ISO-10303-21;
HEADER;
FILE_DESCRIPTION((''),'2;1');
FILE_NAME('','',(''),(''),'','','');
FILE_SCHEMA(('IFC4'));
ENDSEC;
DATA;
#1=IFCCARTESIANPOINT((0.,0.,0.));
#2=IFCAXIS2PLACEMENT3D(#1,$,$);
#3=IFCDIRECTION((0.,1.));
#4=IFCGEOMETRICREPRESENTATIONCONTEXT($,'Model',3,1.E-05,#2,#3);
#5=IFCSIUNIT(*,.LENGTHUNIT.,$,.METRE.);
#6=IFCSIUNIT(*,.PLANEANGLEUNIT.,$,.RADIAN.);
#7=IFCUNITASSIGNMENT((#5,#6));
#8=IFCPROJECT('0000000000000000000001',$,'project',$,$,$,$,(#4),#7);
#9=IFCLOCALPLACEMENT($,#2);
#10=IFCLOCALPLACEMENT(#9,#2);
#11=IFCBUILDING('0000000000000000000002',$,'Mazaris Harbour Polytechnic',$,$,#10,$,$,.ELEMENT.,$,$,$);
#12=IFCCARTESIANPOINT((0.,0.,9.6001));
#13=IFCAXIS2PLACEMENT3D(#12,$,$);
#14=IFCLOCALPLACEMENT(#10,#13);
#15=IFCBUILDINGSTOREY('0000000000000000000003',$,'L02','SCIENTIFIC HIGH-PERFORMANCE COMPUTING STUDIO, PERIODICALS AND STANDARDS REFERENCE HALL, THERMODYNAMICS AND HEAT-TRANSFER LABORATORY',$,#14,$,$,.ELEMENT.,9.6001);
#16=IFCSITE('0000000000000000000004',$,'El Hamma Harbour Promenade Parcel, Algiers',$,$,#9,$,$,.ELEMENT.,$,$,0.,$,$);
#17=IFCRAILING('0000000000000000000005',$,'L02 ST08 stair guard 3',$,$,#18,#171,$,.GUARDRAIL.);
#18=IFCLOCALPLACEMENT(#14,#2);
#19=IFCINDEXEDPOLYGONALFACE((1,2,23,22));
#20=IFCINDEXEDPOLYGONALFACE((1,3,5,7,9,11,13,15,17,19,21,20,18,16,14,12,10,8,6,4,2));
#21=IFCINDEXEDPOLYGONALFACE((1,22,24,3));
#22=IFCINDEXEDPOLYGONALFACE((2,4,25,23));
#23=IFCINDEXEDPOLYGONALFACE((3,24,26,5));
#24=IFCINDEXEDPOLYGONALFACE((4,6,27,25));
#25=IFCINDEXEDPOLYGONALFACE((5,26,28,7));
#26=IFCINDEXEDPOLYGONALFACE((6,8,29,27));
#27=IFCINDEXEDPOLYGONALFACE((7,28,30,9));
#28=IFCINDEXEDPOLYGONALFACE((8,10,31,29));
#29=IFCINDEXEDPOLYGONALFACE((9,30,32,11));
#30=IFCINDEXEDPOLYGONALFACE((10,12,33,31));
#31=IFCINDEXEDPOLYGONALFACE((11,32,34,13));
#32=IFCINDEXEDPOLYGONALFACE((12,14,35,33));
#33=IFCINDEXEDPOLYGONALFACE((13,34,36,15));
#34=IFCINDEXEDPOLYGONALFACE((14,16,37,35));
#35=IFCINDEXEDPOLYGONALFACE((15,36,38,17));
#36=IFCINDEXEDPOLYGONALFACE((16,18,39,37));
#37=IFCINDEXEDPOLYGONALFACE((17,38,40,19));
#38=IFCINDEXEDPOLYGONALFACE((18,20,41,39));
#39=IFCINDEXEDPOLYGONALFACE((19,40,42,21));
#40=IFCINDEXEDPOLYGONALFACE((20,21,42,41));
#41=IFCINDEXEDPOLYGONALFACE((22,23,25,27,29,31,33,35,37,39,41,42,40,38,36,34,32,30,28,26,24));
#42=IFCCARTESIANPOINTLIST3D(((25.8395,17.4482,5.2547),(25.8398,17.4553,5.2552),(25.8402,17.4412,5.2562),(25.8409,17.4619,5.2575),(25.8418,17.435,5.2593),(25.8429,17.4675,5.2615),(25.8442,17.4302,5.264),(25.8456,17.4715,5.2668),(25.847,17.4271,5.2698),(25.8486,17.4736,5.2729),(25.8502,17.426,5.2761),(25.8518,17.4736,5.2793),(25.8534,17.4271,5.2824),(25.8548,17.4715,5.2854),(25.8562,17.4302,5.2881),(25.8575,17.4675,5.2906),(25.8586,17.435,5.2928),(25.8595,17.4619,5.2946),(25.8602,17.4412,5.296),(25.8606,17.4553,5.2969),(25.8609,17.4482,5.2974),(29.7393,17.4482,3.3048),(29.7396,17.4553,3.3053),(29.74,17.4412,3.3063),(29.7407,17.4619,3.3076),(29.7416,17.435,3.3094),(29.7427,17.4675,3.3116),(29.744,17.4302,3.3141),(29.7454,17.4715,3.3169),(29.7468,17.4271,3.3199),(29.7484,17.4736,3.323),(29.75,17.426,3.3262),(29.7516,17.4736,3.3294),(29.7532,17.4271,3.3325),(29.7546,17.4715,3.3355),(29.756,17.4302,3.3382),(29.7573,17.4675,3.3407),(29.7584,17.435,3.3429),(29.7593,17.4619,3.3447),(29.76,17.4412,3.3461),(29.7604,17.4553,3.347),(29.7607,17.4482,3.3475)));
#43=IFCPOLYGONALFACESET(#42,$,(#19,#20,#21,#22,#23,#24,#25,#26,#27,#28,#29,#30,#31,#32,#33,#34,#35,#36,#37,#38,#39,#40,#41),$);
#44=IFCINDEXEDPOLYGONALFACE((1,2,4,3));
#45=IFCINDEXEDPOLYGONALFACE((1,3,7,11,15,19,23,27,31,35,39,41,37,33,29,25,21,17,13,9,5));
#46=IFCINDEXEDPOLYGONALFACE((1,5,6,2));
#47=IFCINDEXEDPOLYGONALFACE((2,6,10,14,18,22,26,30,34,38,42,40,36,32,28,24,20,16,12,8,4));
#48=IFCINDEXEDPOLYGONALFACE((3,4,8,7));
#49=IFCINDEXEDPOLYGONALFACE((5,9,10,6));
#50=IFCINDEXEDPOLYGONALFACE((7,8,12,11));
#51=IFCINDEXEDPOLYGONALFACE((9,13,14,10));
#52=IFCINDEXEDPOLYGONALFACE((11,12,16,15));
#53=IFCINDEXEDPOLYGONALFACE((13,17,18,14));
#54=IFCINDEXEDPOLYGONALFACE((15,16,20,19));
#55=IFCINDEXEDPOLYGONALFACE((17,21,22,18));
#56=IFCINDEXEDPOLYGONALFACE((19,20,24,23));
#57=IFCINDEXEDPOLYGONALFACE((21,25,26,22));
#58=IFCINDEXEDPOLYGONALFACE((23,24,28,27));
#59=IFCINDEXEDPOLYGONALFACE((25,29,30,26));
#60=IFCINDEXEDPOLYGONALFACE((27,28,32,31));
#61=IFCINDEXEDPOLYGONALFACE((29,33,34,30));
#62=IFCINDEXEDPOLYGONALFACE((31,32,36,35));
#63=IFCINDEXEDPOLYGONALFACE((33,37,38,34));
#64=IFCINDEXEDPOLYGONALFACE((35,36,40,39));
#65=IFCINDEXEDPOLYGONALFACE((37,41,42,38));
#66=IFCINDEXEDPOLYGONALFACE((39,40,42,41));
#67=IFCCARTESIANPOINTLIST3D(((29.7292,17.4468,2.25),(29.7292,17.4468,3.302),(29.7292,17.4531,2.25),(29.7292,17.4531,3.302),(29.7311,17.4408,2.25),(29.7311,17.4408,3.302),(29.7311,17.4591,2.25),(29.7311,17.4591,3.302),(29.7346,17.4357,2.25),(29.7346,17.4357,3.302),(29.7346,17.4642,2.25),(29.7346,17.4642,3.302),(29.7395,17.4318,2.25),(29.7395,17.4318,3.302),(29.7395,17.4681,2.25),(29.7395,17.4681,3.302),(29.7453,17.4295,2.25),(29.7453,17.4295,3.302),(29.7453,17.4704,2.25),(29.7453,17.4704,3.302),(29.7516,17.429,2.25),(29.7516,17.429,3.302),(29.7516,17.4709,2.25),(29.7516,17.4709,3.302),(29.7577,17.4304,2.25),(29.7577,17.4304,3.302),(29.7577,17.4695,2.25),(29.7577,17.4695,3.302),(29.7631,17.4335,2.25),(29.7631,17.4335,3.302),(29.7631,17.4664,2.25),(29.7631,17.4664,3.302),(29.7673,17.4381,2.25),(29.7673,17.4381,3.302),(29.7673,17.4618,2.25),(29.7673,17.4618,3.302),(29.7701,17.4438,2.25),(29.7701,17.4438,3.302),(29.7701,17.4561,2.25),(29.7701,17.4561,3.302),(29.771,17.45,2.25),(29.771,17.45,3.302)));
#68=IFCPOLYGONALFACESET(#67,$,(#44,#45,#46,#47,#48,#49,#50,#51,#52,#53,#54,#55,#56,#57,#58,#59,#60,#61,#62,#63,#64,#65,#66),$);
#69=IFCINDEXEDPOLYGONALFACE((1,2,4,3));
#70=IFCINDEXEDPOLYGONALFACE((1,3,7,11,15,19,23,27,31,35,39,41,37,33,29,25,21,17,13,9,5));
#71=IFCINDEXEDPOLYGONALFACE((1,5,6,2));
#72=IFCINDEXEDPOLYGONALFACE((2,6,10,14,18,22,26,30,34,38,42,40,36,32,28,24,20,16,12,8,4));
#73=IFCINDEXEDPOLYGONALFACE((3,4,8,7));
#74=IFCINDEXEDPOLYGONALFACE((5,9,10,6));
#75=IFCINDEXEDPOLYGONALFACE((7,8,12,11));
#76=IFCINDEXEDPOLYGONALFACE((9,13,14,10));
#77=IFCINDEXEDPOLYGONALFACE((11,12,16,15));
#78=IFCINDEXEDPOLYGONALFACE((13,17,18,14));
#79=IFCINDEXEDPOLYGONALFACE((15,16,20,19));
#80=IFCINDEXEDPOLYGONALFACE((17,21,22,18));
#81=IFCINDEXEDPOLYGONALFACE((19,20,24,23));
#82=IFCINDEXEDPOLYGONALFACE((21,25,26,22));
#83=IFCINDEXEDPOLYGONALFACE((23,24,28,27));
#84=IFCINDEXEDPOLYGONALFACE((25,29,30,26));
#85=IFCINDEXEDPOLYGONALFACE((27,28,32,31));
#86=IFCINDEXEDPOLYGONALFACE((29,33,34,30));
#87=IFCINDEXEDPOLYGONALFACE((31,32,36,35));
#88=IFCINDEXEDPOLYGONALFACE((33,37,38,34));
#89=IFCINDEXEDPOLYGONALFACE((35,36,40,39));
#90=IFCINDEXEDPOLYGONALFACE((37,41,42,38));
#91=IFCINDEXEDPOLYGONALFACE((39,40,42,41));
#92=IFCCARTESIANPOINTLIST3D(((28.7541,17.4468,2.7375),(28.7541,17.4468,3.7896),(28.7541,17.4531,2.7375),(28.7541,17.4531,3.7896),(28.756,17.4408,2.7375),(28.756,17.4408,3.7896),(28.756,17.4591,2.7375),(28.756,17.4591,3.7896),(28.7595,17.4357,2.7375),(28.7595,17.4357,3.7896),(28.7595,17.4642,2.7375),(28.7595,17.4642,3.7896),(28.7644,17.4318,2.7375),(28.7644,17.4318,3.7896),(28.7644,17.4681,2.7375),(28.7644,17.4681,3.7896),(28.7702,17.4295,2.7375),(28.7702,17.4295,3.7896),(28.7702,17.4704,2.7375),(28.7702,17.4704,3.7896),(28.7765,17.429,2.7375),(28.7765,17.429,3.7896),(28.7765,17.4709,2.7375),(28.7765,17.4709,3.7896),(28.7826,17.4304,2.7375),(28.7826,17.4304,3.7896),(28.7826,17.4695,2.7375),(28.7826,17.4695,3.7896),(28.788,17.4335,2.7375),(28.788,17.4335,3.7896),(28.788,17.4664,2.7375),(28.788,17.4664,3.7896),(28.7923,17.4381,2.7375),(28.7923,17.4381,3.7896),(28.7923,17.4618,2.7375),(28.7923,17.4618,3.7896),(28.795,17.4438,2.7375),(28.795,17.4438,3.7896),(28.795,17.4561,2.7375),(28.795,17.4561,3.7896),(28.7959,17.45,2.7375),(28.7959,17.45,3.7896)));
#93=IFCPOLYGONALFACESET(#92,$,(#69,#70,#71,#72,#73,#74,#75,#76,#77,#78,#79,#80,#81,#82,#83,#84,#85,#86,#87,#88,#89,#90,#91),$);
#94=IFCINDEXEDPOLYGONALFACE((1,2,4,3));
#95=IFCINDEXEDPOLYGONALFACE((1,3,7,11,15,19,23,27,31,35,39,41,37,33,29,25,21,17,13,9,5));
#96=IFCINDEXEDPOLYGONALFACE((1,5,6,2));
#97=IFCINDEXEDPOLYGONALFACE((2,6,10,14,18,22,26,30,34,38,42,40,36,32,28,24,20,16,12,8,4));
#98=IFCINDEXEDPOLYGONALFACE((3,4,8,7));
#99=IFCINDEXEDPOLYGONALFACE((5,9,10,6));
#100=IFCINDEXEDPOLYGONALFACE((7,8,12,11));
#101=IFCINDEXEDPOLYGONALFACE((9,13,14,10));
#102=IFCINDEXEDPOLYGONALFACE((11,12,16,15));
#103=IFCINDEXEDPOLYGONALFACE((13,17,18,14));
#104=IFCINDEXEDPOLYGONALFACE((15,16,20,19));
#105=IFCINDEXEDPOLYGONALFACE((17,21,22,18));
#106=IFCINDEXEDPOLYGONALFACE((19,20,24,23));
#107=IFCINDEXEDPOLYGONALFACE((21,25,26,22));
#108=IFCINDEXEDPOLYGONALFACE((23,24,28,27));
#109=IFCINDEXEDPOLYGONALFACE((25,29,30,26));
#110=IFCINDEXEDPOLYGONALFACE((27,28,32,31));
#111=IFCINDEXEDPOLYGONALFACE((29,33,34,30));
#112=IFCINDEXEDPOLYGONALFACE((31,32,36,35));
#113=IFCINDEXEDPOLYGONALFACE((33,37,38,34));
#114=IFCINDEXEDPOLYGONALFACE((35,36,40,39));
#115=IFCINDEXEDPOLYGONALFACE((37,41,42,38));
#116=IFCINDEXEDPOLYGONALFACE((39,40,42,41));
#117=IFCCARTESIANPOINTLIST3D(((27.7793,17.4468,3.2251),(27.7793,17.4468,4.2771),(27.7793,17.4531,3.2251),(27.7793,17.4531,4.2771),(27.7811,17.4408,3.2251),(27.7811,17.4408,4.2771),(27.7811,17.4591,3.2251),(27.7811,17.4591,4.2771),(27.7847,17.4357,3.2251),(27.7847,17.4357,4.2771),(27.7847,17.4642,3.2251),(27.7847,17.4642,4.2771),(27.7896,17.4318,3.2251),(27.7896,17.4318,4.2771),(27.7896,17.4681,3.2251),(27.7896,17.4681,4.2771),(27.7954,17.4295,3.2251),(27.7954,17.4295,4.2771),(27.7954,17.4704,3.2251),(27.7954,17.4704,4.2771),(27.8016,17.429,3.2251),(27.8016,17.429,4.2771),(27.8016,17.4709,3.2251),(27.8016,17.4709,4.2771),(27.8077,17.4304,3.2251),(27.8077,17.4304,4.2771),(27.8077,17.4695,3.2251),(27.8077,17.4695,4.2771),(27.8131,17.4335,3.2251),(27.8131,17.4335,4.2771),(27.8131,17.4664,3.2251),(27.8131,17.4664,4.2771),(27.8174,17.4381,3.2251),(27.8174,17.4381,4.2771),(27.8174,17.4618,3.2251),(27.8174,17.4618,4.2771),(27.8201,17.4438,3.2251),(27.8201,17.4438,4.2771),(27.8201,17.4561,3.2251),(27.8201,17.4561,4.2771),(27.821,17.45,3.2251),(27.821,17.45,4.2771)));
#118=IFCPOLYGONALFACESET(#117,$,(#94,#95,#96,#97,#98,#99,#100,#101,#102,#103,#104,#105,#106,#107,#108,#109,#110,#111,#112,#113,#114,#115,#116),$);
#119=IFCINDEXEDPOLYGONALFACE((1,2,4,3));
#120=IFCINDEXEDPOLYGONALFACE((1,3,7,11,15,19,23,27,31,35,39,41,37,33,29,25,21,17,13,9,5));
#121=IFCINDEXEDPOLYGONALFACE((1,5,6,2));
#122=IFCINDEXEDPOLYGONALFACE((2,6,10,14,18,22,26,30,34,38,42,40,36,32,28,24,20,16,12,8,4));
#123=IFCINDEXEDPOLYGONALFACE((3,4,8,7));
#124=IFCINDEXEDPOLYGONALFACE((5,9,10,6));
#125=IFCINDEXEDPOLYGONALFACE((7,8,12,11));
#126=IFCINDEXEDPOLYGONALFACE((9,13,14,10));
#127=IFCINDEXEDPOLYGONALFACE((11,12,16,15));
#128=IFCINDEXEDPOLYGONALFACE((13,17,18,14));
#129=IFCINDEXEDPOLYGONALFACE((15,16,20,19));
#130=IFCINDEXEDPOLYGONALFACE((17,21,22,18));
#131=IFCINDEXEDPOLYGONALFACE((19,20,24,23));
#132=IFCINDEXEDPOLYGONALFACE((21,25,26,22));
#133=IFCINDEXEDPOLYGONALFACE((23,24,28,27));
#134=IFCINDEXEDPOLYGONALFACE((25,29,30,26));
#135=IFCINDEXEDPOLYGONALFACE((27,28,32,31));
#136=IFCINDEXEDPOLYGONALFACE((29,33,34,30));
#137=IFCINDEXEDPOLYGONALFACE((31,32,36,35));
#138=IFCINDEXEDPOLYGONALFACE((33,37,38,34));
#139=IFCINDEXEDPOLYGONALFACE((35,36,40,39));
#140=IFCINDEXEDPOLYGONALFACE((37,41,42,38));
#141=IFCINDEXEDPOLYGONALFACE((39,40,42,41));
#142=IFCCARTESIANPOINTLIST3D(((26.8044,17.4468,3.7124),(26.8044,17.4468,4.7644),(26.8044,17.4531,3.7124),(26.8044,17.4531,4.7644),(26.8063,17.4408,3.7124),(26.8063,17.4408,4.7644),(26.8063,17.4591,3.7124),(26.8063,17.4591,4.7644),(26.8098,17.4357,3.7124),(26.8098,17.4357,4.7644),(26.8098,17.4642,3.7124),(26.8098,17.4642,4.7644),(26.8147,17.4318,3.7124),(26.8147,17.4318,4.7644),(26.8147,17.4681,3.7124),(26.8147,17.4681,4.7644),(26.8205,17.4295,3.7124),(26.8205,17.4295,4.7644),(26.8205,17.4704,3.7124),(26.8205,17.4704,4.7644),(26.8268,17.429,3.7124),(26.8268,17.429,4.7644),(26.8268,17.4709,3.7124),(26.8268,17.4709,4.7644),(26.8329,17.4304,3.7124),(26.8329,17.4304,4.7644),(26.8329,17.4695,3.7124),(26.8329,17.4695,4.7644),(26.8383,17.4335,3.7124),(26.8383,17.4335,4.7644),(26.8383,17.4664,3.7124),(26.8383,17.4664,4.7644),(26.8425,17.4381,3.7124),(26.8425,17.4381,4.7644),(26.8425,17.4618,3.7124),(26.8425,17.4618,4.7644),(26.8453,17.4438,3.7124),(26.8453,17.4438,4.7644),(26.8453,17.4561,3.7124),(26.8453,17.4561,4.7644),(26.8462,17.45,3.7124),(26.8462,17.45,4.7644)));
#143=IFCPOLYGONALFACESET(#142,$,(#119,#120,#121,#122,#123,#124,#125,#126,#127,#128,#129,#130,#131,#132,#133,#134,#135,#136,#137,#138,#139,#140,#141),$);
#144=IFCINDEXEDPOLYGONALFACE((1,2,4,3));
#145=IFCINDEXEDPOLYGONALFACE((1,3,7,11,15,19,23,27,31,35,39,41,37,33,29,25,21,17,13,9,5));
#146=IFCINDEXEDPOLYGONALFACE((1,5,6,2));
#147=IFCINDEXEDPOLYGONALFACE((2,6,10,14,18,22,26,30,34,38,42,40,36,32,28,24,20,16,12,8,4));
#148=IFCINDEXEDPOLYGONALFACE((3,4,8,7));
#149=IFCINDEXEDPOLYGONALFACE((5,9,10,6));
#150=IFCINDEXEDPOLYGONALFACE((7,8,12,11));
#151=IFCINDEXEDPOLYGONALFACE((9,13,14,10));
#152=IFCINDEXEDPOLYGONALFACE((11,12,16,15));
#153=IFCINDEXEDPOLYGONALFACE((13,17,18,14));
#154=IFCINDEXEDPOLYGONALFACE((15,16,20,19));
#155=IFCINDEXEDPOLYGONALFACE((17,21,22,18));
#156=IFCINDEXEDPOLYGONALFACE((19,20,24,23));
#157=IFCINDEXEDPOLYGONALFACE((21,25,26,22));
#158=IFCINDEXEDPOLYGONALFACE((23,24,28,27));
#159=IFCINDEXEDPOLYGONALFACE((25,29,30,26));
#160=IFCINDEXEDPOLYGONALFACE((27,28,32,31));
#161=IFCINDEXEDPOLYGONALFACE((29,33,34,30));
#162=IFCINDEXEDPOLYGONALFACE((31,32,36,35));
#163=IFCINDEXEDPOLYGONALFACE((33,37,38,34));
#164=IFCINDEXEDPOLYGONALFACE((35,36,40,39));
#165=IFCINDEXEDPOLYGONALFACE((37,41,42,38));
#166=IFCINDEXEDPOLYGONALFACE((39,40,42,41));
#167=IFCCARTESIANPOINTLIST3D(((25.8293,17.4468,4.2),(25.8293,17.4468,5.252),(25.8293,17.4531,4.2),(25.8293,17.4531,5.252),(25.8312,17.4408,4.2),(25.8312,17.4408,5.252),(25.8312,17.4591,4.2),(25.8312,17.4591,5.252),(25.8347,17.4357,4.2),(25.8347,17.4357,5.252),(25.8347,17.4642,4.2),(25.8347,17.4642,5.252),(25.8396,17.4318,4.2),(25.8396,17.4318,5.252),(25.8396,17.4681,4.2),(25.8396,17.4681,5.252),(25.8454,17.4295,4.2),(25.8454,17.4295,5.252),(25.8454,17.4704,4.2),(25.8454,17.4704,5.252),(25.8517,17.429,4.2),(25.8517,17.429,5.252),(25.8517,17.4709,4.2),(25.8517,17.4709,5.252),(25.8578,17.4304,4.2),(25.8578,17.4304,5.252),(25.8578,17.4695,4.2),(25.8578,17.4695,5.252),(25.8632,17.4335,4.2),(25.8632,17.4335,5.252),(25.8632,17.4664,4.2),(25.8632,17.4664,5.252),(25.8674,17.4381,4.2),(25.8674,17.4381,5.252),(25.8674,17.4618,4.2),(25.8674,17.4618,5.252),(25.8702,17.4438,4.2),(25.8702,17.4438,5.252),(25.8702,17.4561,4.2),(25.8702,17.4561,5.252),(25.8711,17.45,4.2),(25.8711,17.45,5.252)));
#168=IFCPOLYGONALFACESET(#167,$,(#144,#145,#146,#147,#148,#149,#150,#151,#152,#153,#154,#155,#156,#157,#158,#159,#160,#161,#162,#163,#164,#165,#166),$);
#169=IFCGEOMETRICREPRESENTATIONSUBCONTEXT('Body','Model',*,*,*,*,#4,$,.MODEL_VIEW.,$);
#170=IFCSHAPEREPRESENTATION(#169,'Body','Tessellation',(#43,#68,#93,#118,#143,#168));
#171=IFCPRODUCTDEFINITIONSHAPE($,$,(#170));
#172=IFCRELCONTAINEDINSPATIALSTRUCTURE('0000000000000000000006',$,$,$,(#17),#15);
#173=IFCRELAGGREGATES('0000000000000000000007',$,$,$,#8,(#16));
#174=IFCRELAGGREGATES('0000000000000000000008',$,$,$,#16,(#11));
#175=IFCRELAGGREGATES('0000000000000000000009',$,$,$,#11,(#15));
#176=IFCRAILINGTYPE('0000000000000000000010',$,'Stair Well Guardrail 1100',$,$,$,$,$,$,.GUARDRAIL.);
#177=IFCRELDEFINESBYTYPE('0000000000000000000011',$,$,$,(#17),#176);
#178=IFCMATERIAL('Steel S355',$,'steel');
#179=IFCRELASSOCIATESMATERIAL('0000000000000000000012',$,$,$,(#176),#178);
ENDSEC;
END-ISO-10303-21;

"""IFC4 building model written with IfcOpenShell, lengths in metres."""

from ifc_helpers import new_model, si_unit, direction, frame, origin, origin_2d, place, context, subcontext, project, spatial, circle, extrude, material, type_object, element, save


model = new_model("IFC4")

# Units and contexts
model_context = context("Model", 3, precision=1e-05, world=origin(), true_north=direction((0.0, 1.0)))
body_context = subcontext(model_context, "Body", "Model", "MODEL_VIEW")
ifc_project = project(units=[si_unit("LENGTHUNIT", "METRE"), si_unit("PLANEANGLEUNIT", "RADIAN")], contexts=[model_context])

# Site, building, storey
site_placement = place(None, origin())
site = spatial("IfcSite", under=ifc_project, at=site_placement, Name="El Hamma Harbour Promenade Parcel, Algiers", CompositionType="ELEMENT", RefElevation=0.0)
building_placement = place(site_placement, origin())
building = spatial("IfcBuilding", under=site, at=building_placement, Name="Mazaris Harbour Polytechnic", CompositionType="ELEMENT")
storey_placement = place(building_placement, frame((0.0, 0.0, 9.6001)))
storey = spatial("IfcBuildingStorey", under=building, at=storey_placement, Name="L02", Description="SCIENTIFIC HIGH-PERFORMANCE COMPUTING STUDIO, PERIODICALS AND STANDARDS REFERENCE HALL, THERMODYNAMICS AND HEAT-TRANSFER LABORATORY", CompositionType="ELEMENT", Elevation=9.6001)

# Railing
ifc_material_1 = material(Name="Steel S355", Category="steel")
railing_type_1 = type_object("IfcRailingType", Name="Stair Well Guardrail 1100", PredefinedType="GUARDRAIL", material=ifc_material_1)
railing_1_placement = place(storey_placement, frame((29.75, 17.45, 2.25)))
element("IfcRailing", 1, at=railing_1_placement, inside=storey, type_object=railing_type_1, Name="L02 ST08 stair guard 3", PredefinedType="GUARDRAIL", context=body_context, shape_type="SweptSolid", body=[
    extrude(circle(Radius=0.0239, at=origin_2d()), frame((0.0, 0.0, 1.0762), z_axis=(-0.894427, 0.0, 0.447214), x_axis=(0.0, -1.0, 0.0)), (0.0, 0.0, 1.0), 4.3601),
    extrude(circle(Radius=0.021, at=origin_2d()), origin(), (0.0, 0.0, 1.0), 1.052),
    extrude(circle(Radius=0.021, at=origin_2d()), frame((-0.9751, 0.0, 0.4875)), (0.0, 0.0, 1.0), 1.052),
    extrude(circle(Radius=0.021, at=origin_2d()), frame((-1.95, 0.0, 0.9751)), (0.0, 0.0, 1.0), 1.052),
    extrude(circle(Radius=0.021, at=origin_2d()), frame((-2.9248, 0.0, 1.4624)), (0.0, 0.0, 1.0), 1.052),
    extrude(circle(Radius=0.021, at=origin_2d()), frame((-3.8999, 0.0, 1.95)), (0.0, 0.0, 1.0), 1.052),
])

save(model, "model.ifc")
